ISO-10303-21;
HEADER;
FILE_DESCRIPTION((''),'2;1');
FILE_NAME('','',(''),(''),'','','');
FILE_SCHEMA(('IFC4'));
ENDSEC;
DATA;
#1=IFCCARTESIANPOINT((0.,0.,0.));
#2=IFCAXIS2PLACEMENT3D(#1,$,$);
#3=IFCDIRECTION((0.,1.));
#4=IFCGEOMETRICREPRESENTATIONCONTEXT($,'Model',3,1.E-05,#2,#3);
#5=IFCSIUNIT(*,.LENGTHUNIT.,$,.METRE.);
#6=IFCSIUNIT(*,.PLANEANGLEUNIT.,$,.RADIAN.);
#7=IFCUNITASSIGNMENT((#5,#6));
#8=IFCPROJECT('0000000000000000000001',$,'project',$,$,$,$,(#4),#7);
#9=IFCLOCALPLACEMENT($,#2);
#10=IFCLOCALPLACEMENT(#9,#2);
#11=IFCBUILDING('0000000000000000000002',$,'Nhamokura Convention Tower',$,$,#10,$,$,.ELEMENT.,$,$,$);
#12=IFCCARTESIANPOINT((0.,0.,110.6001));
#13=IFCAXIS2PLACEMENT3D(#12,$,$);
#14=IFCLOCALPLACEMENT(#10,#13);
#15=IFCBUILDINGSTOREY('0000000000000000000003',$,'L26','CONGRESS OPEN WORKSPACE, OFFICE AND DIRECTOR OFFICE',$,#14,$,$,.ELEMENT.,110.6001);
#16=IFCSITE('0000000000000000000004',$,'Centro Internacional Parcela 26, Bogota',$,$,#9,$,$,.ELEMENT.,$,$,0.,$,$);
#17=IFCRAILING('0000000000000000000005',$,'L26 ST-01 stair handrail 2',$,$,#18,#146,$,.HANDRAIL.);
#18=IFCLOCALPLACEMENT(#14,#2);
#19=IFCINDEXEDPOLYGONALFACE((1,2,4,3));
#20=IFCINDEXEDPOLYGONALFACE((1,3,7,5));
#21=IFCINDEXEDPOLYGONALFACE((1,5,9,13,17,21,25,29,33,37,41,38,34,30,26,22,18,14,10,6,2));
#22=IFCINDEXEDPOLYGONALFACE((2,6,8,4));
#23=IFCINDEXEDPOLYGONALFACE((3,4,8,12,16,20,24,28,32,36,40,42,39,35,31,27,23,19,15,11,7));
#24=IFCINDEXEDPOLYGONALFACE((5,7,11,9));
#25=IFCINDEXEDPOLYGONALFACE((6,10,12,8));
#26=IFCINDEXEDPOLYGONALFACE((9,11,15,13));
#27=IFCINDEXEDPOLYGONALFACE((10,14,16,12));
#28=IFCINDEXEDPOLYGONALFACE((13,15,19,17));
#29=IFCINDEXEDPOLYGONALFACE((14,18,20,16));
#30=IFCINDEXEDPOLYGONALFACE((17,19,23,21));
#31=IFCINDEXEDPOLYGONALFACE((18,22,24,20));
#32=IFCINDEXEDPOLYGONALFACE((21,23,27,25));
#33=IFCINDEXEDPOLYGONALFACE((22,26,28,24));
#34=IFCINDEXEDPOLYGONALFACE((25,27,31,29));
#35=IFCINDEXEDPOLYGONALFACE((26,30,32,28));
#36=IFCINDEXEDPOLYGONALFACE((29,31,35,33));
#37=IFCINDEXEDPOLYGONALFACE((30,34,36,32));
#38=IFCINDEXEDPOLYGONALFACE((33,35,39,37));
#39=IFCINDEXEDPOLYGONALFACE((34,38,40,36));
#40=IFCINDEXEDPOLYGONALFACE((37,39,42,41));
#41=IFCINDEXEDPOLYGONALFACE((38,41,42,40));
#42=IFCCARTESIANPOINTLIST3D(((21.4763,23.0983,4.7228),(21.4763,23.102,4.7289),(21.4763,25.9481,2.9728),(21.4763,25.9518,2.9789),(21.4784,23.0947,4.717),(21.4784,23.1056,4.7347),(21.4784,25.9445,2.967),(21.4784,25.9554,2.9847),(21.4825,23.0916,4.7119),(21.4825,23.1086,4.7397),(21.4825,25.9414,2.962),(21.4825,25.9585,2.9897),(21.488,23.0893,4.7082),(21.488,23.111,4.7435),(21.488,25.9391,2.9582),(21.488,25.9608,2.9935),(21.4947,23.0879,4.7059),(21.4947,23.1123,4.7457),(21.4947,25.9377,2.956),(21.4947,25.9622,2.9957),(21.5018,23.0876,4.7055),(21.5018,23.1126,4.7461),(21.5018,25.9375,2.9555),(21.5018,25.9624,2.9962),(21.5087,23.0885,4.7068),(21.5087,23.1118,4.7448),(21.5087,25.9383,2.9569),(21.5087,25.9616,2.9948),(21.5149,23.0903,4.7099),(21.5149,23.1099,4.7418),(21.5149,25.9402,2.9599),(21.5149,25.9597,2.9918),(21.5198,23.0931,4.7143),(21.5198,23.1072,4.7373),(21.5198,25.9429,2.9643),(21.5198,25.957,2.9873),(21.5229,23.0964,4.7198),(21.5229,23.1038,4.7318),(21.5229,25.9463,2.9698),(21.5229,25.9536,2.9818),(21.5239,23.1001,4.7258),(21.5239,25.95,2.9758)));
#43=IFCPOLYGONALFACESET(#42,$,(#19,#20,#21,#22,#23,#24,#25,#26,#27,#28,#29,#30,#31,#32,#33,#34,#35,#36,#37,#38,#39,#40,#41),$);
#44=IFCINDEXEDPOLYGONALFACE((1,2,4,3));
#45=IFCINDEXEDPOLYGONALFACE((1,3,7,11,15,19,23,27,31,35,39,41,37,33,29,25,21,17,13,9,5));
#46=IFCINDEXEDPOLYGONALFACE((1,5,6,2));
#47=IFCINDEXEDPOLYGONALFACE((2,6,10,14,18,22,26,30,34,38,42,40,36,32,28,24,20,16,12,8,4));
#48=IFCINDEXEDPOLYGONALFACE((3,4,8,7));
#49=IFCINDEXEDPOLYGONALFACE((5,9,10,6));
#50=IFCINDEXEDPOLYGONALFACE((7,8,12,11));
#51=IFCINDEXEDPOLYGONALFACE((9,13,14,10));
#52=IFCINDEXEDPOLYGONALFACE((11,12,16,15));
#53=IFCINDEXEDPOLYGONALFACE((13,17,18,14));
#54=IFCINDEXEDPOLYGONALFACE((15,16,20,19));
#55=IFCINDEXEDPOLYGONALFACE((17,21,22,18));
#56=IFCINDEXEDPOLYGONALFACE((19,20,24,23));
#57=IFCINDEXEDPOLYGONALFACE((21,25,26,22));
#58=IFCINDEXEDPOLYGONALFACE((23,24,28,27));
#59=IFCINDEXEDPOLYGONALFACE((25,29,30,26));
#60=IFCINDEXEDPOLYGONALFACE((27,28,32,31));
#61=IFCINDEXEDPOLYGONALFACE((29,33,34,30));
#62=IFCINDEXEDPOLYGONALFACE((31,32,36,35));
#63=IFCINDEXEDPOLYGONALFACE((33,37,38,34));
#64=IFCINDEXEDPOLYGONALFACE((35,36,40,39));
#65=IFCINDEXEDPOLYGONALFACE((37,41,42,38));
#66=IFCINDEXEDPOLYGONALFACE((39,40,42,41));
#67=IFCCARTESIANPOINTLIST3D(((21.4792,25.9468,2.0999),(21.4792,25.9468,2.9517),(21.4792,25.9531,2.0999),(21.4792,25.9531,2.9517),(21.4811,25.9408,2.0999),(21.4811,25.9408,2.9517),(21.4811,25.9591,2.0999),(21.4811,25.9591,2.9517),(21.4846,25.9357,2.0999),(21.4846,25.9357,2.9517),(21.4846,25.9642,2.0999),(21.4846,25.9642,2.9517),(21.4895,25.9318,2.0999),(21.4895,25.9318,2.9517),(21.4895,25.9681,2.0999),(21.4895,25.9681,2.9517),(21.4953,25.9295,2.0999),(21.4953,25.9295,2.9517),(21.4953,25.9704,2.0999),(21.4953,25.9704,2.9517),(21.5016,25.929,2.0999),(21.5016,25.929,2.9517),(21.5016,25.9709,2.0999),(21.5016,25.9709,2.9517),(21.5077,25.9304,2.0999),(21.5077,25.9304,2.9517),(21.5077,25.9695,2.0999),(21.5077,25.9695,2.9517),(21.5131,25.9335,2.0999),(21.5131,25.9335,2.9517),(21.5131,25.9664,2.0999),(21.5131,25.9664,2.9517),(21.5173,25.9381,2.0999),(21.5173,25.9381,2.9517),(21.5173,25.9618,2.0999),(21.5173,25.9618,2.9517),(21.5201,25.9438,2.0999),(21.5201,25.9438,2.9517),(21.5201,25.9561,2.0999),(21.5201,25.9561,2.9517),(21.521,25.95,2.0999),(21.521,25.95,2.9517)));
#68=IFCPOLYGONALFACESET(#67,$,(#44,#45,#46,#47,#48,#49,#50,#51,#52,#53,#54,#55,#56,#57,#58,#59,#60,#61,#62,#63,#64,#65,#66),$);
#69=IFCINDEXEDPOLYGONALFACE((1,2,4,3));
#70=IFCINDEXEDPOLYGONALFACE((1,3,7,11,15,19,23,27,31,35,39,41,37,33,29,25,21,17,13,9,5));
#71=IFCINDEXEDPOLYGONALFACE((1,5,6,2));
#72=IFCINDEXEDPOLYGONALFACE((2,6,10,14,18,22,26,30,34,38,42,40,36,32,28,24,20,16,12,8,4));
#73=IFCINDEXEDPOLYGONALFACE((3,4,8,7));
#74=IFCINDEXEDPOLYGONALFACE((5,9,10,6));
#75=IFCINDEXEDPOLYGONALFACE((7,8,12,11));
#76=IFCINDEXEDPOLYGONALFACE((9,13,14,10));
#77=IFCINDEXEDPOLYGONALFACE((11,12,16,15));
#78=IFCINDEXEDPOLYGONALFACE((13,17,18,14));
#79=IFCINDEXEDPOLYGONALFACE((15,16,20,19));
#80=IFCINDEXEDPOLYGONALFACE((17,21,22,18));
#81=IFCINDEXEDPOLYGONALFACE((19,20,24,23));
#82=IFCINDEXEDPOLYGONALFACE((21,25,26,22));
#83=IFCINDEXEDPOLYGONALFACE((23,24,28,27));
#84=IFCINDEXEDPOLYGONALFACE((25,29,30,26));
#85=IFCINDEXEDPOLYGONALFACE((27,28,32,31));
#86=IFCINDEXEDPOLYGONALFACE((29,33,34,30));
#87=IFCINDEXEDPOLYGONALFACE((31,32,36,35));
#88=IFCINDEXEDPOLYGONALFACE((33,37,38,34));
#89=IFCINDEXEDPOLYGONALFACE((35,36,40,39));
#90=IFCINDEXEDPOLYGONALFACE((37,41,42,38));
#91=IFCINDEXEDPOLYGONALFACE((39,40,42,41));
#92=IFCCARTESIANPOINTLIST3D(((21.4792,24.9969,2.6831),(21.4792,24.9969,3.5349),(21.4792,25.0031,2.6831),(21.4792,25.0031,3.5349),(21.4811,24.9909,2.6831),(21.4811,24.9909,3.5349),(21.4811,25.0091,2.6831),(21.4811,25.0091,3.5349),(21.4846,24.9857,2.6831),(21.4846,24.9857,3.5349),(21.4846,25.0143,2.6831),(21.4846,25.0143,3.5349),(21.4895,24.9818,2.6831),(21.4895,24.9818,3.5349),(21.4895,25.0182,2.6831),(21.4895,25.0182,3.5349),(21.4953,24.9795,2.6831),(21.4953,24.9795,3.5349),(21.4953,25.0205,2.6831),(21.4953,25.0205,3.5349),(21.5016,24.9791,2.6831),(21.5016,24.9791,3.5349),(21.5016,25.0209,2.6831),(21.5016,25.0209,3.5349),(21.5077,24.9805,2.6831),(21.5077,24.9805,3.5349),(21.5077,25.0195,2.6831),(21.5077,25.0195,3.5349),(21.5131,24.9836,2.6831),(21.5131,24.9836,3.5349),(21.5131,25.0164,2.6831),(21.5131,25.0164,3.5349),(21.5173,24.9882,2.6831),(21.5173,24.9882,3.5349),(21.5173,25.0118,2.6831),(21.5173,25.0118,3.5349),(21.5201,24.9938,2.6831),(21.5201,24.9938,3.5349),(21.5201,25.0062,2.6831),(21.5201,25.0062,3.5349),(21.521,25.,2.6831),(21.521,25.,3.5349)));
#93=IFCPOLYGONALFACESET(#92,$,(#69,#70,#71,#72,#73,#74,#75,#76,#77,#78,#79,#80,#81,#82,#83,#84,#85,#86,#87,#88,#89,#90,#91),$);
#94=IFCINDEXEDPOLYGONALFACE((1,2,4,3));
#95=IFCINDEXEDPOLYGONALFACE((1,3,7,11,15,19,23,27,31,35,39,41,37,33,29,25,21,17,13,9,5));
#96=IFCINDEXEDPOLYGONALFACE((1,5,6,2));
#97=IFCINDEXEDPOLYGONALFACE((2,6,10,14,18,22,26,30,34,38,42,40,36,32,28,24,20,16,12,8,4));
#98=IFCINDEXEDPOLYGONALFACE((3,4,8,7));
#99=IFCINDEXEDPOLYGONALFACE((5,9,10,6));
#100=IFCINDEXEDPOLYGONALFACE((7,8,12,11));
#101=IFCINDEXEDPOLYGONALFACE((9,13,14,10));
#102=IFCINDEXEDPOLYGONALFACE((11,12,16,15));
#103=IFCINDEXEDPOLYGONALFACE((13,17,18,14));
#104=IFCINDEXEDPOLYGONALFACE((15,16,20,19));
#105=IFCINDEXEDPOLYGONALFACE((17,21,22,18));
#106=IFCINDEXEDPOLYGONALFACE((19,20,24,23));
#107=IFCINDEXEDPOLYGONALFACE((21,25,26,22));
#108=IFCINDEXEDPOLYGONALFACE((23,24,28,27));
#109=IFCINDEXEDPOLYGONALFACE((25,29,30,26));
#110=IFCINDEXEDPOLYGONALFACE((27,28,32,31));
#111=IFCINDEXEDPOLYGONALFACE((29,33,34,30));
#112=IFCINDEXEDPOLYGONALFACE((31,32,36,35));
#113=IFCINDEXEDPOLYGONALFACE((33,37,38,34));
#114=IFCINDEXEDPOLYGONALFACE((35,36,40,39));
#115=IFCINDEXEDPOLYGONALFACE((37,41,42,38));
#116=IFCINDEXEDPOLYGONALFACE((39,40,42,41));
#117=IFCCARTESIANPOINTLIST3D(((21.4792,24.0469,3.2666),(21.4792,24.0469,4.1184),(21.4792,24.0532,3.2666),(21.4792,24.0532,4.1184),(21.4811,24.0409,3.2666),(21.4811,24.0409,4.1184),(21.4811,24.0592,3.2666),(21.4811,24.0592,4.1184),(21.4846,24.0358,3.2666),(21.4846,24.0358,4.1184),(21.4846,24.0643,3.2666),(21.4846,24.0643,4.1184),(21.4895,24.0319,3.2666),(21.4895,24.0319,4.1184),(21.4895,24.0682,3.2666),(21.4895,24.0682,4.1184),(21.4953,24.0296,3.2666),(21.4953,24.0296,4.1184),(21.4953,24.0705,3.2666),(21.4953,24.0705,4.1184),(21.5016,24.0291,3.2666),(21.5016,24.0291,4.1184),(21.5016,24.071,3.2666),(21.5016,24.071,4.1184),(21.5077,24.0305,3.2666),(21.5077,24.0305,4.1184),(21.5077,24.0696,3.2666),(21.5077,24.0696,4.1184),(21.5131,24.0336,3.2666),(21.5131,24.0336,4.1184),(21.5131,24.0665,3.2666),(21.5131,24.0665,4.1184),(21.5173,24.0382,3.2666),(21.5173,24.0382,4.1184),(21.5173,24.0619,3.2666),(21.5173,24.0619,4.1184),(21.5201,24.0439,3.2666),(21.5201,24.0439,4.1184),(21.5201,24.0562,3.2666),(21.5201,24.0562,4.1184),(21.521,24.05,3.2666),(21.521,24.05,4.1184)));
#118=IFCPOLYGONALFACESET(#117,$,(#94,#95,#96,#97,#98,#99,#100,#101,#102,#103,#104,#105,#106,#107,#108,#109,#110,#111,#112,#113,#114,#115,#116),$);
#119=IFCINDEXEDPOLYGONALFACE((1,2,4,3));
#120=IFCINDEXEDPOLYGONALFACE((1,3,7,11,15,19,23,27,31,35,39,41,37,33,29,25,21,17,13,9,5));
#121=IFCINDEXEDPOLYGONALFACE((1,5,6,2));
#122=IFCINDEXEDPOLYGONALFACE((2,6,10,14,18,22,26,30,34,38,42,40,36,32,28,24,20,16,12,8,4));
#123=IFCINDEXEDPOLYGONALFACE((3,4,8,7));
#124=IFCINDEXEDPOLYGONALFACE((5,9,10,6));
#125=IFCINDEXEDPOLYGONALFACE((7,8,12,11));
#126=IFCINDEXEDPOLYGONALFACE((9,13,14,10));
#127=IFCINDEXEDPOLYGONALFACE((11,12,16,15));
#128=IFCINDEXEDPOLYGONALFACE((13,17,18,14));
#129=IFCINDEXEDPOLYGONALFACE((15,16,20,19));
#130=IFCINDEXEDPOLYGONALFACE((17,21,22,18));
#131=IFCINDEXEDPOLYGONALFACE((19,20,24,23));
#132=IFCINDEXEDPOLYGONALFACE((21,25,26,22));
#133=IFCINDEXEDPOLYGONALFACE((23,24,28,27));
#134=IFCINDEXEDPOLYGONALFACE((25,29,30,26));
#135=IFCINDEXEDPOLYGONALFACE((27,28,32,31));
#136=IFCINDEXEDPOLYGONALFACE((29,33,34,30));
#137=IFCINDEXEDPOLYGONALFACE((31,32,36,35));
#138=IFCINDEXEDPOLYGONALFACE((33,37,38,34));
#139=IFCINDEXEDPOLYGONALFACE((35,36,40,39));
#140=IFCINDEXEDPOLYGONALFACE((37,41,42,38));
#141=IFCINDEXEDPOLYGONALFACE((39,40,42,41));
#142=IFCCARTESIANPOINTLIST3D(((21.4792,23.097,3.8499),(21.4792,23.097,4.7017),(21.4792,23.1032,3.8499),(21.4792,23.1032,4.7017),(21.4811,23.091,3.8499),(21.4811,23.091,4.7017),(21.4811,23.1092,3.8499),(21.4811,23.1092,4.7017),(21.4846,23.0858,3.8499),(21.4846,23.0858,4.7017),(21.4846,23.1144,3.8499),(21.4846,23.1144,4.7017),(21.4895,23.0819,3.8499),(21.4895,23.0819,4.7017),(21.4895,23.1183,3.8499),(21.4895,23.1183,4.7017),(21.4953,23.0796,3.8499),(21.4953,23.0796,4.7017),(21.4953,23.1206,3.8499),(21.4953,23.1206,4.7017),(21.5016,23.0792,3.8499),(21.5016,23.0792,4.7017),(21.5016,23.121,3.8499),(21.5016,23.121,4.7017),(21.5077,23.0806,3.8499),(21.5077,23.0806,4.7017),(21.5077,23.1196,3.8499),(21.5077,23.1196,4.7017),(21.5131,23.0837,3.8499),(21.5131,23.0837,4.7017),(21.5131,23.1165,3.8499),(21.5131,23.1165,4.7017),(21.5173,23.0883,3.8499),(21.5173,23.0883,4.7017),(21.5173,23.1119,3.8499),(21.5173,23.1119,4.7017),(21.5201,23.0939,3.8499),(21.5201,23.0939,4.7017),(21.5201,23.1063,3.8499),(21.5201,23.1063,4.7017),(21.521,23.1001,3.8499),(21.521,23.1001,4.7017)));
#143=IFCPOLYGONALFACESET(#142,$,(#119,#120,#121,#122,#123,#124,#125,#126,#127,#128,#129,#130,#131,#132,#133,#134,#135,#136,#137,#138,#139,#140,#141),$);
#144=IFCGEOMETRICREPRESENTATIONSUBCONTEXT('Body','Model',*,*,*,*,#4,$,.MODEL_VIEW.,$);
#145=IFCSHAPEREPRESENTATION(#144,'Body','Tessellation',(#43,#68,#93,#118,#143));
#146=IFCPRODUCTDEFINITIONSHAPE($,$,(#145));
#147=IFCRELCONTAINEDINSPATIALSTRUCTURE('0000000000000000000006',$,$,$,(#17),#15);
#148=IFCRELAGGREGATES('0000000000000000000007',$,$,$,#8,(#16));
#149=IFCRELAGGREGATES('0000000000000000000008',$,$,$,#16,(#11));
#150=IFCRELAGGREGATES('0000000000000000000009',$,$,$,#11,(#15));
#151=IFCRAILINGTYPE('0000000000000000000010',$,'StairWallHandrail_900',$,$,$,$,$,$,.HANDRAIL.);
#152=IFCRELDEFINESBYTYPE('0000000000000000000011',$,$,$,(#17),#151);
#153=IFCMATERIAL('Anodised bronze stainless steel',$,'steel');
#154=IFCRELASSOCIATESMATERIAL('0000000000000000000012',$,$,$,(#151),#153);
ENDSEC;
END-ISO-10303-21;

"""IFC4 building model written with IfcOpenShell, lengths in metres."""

from ifc_helpers import new_model, si_unit, direction, frame, origin, origin_2d, place, context, subcontext, project, spatial, circle, extrude, material, type_object, element, save


model = new_model("IFC4")

# Units and contexts
model_context = context("Model", 3, precision=1e-05, world=origin(), true_north=direction((0.0, 1.0)))
body_context = subcontext(model_context, "Body", "Model", "MODEL_VIEW")
ifc_project = project(units=[si_unit("LENGTHUNIT", "METRE"), si_unit("PLANEANGLEUNIT", "RADIAN")], contexts=[model_context])

# Site, building, storey
site_placement = place(None, origin())
site = spatial("IfcSite", under=ifc_project, at=site_placement, Name="Centro Internacional Parcela 26, Bogota", CompositionType="ELEMENT", RefElevation=0.0)
building_placement = place(site_placement, origin())
building = spatial("IfcBuilding", under=site, at=building_placement, Name="Nhamokura Convention Tower", CompositionType="ELEMENT")
storey_placement = place(building_placement, frame((0.0, 0.0, 110.6001)))
storey = spatial("IfcBuildingStorey", under=building, at=storey_placement, Name="L26", Description="CONGRESS OPEN WORKSPACE, OFFICE AND DIRECTOR OFFICE", CompositionType="ELEMENT", Elevation=110.6001)

# Railing
ifc_material_1 = material(Name="Anodised bronze stainless steel", Category="steel")
railing_type_1 = type_object("IfcRailingType", Name="StairWallHandrail_900", PredefinedType="HANDRAIL", material=ifc_material_1)
railing_1_placement = place(storey_placement, frame((21.5, 25.95, 2.0999)))
element("IfcRailing", 1, at=railing_1_placement, inside=storey, type_object=railing_type_1, Name="L26 ST-01 stair handrail 2", PredefinedType="HANDRAIL", context=body_context, shape_type="SweptSolid", body=[
    extrude(circle(Radius=0.0239, at=origin_2d()), frame((0.0, 0.0, 0.876), z_axis=(0.0, -0.852159, 0.523283), x_axis=(1.0, 0.0, 0.0)), (0.0, 0.0, 1.0), 3.3442),
    extrude(circle(Radius=0.021, at=origin_2d()), origin(), (0.0, 0.0, 1.0), 0.8518),
    extrude(circle(Radius=0.021, at=origin_2d()), frame((0.0, -0.95, 0.5833)), (0.0, 0.0, 1.0), 0.8518),
    extrude(circle(Radius=0.021, at=origin_2d()), frame((0.0, -1.8999, 1.1667)), (0.0, 0.0, 1.0), 0.8518),
    extrude(circle(Radius=0.021, at=origin_2d()), frame((0.0, -2.8499, 1.75)), (0.0, 0.0, 1.0), 0.8518),
])

save(model, "model.ifc")
